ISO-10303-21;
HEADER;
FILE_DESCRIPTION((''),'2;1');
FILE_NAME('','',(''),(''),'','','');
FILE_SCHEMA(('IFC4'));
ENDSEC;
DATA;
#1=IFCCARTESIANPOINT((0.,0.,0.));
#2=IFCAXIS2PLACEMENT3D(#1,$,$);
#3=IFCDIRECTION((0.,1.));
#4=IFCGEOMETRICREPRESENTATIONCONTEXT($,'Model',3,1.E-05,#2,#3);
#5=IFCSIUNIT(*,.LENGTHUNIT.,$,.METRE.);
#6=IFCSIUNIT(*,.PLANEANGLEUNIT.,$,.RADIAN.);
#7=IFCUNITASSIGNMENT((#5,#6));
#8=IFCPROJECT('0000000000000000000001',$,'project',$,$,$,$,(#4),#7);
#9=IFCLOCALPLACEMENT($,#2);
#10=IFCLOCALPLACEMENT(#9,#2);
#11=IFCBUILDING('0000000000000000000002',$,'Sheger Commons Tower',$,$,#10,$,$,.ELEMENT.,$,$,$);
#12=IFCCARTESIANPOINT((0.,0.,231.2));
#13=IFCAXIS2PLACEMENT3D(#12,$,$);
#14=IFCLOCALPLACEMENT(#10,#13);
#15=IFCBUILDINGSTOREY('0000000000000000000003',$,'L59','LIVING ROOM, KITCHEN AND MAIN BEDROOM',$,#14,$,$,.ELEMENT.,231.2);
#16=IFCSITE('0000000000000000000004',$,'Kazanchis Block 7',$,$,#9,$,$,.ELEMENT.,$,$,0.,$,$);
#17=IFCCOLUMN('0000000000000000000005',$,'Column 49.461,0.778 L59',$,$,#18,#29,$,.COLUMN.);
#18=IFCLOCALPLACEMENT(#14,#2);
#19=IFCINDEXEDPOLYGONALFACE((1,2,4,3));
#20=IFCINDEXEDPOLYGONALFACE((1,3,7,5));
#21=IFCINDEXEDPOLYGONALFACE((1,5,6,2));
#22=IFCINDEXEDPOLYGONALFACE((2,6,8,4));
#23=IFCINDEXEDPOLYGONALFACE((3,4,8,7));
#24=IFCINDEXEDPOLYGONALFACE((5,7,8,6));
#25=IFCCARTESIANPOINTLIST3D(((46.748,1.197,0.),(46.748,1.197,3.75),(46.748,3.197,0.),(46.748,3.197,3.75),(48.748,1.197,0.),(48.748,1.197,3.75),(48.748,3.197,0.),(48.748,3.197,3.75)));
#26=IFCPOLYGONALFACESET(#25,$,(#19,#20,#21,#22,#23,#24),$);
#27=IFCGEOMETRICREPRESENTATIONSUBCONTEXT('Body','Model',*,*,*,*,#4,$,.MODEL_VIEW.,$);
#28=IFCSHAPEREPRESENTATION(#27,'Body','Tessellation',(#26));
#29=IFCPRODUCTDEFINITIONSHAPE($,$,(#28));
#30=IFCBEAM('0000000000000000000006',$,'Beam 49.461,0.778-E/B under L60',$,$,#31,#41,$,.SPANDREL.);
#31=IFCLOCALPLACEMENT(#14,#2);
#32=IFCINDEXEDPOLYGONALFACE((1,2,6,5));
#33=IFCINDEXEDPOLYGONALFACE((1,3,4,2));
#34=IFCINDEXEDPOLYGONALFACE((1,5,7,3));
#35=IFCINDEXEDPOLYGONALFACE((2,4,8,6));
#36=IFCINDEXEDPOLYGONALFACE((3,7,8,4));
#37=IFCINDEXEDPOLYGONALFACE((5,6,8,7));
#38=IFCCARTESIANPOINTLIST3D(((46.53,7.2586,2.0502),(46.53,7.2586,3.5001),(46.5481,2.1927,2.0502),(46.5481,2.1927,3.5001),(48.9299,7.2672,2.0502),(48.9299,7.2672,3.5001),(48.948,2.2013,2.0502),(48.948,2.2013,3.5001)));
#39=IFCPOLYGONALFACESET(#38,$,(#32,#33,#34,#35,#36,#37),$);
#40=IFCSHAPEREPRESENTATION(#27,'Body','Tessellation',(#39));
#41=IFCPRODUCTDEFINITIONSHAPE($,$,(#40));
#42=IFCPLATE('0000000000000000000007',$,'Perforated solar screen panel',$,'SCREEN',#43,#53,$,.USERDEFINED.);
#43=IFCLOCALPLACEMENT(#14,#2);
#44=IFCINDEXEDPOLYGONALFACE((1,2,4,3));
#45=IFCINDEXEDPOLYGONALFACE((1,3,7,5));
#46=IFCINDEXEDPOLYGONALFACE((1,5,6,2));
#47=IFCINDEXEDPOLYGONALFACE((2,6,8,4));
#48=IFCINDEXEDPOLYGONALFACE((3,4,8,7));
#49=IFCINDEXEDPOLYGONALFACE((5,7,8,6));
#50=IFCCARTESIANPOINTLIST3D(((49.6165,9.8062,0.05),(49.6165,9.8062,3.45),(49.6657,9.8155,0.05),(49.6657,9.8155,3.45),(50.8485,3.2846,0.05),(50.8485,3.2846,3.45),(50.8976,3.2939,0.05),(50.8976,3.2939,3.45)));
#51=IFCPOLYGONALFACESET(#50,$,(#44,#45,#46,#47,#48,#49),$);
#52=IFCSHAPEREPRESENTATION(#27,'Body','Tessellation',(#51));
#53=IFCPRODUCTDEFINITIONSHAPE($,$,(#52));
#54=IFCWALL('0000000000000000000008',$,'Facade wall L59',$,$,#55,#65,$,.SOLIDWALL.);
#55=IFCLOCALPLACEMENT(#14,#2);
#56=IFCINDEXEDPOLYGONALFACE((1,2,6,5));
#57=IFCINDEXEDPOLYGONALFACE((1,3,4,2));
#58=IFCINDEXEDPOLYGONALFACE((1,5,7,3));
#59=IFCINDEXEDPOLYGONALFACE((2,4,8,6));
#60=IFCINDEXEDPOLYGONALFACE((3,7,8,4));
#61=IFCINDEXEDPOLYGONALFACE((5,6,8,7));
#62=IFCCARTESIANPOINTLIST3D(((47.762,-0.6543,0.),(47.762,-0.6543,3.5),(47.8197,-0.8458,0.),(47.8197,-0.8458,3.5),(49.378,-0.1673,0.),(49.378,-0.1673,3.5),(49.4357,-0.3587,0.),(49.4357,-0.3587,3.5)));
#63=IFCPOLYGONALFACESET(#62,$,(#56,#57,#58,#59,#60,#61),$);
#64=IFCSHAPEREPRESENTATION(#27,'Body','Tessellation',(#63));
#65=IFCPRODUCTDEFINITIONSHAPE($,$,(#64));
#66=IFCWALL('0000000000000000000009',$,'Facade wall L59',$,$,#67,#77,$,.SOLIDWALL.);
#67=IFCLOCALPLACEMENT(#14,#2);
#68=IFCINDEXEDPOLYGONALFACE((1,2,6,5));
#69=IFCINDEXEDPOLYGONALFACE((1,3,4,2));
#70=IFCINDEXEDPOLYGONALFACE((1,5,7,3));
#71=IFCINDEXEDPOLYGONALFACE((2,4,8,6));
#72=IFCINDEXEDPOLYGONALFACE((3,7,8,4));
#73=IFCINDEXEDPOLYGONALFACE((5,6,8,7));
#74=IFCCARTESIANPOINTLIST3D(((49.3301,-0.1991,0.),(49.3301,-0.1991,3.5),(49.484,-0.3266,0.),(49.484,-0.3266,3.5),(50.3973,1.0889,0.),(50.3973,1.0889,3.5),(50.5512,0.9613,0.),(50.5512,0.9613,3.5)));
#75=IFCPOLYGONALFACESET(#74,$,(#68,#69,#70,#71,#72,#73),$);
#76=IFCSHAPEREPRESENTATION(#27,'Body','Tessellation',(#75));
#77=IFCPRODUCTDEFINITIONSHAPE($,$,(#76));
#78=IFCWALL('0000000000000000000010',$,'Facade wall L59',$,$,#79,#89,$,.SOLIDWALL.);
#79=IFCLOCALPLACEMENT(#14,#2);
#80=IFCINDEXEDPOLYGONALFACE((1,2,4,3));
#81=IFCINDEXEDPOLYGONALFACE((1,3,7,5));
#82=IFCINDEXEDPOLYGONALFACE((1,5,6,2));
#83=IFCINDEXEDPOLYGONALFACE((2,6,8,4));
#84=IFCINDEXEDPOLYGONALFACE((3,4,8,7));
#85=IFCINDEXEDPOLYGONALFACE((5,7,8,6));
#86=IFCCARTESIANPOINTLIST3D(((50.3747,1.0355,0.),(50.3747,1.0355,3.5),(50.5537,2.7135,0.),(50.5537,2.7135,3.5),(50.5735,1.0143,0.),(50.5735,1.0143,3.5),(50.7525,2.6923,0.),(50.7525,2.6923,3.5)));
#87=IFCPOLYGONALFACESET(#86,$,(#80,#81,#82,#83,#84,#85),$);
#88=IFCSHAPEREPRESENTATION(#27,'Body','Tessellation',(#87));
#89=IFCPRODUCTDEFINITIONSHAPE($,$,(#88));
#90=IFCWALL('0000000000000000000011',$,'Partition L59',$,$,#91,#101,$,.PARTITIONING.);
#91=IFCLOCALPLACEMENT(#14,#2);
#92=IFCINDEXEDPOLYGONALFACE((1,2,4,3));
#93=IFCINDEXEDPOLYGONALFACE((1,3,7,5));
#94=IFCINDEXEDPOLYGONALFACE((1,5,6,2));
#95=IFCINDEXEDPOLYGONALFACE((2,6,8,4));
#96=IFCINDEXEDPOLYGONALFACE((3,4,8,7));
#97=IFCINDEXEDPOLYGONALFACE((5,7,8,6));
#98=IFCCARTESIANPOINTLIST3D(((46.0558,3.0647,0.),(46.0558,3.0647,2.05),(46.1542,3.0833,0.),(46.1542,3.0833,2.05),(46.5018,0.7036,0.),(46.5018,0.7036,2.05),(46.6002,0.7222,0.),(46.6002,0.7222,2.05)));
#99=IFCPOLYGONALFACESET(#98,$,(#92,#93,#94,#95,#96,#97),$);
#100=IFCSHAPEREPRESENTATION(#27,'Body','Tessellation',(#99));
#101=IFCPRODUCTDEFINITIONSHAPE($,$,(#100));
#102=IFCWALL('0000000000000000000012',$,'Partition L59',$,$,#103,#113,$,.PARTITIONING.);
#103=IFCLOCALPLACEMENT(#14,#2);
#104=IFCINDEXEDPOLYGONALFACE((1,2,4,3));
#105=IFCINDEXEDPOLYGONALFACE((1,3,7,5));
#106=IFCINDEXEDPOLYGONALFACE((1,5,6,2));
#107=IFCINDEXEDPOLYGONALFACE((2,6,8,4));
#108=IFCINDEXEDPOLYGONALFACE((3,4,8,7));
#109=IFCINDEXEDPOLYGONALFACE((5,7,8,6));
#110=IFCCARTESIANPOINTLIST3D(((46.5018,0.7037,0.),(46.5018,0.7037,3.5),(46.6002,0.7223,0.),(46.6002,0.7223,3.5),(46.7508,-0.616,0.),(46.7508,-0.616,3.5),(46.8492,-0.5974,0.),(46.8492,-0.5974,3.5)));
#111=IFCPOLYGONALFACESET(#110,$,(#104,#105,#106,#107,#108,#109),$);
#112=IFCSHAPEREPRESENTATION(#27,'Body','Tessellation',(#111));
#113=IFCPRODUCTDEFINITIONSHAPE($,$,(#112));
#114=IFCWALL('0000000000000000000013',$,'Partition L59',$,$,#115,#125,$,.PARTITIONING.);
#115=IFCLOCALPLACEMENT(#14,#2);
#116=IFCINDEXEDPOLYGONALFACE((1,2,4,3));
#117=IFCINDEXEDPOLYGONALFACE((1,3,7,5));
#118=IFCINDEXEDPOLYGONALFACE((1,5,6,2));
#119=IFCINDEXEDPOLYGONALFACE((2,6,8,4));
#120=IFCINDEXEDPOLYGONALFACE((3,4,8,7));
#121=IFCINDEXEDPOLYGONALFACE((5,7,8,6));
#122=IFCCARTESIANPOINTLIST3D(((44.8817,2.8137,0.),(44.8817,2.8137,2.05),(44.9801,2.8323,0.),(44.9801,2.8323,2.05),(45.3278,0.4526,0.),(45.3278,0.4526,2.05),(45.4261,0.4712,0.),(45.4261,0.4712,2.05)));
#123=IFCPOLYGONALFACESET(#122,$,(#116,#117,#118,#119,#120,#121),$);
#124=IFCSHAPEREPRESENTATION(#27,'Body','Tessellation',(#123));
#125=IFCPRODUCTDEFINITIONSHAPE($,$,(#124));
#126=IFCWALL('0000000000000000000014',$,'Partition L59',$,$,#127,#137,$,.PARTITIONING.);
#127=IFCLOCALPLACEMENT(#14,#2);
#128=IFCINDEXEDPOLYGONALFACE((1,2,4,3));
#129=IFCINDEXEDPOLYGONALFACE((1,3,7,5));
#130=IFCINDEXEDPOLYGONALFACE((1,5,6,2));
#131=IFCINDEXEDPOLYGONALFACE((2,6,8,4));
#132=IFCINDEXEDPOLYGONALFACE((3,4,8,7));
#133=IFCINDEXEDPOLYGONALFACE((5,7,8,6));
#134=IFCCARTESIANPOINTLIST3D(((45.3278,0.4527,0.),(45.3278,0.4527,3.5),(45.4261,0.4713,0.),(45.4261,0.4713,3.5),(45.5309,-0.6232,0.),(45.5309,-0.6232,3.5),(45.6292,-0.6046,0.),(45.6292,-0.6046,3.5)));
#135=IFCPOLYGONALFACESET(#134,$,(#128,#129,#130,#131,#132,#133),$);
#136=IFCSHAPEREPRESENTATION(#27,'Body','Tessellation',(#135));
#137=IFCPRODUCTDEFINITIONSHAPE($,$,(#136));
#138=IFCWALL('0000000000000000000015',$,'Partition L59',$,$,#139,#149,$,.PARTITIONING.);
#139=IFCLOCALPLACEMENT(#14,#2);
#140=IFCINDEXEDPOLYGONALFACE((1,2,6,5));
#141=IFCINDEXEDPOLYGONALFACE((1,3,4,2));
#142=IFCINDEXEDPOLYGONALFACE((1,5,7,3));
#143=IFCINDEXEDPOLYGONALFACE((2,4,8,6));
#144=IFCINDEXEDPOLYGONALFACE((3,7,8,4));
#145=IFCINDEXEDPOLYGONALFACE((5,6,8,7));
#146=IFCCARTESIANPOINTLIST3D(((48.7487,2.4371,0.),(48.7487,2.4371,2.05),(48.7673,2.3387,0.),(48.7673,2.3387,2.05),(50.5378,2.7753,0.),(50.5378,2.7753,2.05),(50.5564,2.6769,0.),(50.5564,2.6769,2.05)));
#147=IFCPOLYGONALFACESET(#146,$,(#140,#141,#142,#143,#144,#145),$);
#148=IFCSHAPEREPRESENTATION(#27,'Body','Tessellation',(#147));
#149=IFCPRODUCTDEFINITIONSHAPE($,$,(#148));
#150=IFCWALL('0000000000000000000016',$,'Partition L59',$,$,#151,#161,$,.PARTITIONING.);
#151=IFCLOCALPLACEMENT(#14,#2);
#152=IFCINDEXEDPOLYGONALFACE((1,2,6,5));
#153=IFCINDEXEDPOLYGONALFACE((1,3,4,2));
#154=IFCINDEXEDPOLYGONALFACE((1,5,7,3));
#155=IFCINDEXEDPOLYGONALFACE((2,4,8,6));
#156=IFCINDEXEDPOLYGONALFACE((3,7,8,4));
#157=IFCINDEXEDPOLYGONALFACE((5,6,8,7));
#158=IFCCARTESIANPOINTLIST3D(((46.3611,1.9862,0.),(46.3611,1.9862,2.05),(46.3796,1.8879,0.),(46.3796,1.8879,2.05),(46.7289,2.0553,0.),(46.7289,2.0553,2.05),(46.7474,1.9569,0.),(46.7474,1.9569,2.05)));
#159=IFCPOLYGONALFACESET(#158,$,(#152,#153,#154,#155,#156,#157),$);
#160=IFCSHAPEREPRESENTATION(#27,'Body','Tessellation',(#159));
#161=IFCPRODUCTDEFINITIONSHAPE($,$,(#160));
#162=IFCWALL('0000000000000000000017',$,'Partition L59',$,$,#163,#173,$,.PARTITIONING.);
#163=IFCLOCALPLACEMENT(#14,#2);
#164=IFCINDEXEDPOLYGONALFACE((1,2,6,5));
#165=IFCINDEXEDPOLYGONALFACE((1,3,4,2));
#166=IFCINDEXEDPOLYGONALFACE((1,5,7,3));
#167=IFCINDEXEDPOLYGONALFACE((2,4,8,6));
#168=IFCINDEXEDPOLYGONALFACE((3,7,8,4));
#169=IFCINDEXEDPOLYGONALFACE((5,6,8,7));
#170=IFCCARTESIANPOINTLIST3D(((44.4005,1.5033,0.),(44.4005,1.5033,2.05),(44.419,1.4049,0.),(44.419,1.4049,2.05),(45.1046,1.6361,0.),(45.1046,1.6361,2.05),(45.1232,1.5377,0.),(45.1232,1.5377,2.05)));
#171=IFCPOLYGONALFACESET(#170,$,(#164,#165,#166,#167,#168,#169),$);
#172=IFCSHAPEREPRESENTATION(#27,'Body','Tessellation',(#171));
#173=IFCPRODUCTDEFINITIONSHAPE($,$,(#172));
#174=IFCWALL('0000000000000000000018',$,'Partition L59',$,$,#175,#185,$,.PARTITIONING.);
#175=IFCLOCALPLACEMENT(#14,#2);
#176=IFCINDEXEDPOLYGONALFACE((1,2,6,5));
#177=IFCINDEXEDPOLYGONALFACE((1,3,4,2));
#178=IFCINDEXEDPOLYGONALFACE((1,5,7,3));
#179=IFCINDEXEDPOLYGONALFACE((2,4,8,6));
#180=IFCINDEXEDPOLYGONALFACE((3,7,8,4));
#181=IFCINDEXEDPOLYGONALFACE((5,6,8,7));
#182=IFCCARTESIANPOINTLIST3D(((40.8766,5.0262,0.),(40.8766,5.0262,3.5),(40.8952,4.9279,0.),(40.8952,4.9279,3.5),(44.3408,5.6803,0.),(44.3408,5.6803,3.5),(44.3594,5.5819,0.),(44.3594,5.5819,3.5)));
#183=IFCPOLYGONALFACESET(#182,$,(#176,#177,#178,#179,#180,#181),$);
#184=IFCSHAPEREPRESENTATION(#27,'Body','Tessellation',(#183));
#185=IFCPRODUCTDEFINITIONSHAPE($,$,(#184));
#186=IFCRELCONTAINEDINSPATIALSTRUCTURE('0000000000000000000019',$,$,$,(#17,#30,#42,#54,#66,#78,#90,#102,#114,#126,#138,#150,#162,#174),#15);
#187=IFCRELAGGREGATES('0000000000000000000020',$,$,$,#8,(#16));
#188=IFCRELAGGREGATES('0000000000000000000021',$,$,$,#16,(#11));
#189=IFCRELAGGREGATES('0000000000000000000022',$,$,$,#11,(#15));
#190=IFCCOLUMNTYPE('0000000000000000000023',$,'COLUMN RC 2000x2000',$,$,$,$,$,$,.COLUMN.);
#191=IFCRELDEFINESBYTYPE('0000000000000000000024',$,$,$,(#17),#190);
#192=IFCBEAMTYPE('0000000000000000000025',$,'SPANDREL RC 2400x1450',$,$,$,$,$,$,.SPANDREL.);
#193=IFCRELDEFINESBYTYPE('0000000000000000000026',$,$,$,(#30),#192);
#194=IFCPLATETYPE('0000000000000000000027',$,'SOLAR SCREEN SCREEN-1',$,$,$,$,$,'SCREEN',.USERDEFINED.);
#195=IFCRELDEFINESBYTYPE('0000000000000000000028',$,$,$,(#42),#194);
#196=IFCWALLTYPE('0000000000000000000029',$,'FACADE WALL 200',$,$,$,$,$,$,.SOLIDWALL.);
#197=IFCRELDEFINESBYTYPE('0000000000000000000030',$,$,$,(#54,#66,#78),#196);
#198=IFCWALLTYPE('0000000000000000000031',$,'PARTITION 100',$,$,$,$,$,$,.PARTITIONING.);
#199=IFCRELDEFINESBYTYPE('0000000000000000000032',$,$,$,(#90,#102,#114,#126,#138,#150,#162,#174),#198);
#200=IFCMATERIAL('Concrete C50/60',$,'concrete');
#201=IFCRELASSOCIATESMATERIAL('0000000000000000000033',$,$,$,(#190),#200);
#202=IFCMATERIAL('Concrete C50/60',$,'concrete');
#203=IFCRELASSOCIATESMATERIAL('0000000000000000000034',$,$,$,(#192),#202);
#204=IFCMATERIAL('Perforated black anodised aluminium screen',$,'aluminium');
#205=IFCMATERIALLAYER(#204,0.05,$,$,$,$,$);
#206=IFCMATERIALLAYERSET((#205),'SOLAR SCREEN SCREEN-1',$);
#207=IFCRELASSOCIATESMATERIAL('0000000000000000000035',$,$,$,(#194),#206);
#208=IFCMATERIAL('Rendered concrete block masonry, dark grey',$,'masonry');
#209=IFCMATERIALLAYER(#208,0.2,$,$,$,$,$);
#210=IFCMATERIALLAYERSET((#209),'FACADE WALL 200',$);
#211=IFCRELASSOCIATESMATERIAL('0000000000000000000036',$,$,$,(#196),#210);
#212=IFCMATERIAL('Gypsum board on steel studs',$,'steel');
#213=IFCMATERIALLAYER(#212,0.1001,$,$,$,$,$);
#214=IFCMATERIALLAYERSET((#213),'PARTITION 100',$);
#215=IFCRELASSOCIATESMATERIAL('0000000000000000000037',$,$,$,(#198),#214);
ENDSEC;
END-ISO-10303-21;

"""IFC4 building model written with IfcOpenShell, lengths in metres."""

from ifc_helpers import new_model, si_unit, direction, frame, frame_2d, origin, origin_2d, place, context, subcontext, project, spatial, rectangle, extrude, material, layer, layer_set, material_profile, profile_set, type_object, element, save


model = new_model("IFC4")

# Units and contexts
model_context = context("Model", 3, precision=1e-05, world=origin(), true_north=direction((0.0, 1.0)))
body_context = subcontext(model_context, "Body", "Model", "MODEL_VIEW")
ifc_project = project(units=[si_unit("LENGTHUNIT", "METRE"), si_unit("PLANEANGLEUNIT", "RADIAN")], contexts=[model_context])

# Site, building, storey
site_placement = place(None, origin())
site = spatial("IfcSite", under=ifc_project, at=site_placement, Name="Kazanchis Block 7", CompositionType="ELEMENT", RefElevation=0.0)
building_placement = place(site_placement, origin())
building = spatial("IfcBuilding", under=site, at=building_placement, Name="Sheger Commons Tower", CompositionType="ELEMENT")
storey_placement = place(building_placement, frame((0.0, 0.0, 231.2)))
storey = spatial("IfcBuildingStorey", under=building, at=storey_placement, Name="L59", Description="LIVING ROOM, KITCHEN AND MAIN BEDROOM", CompositionType="ELEMENT", Elevation=231.2)

# Column
ifc_material_1 = material(Name="Concrete C50/60", Category="concrete")
ifc_material_profile_1 = material_profile(ifc_material_1, rectangle(XDim=2.0, YDim=2.0, at=origin_2d()), Name="RC 2000x2000")
ifc_profile_set_1 = profile_set([ifc_material_profile_1], Name="Concrete C50/60")
column_type = type_object("IfcColumnType", Name="COLUMN RC 2000x2000", PredefinedType="COLUMN", material=ifc_profile_set_1)
column_placement = place(storey_placement, frame((47.748, 2.197, 0.0), z_axis=(0.0, 0.0, 1.0), x_axis=(1.0, 0.0, 0.0)))
element("IfcColumn", 1, at=column_placement, inside=storey, type_object=column_type, Name="Column 49.461,0.778 L59", PredefinedType="COLUMN", context=body_context, shape_type="SweptSolid", body=[
    extrude(rectangle(XDim=2.0, YDim=2.0, at=origin_2d()), origin(), (0.0, 0.0, 1.0), 3.75),
])

# Beam
ifc_material_2 = material(Name="Concrete C50/60", Category="concrete")
ifc_material_profile_2 = material_profile(ifc_material_2, rectangle(XDim=2.3999, YDim=1.45, at=origin_2d()), Name="RC 2400x1450")
ifc_profile_set_2 = profile_set([ifc_material_profile_2], Name="Concrete C50/60")
beam_type = type_object("IfcBeamType", Name="SPANDREL RC 2400x1450", PredefinedType="SPANDREL", material=ifc_profile_set_2)
beam_placement = place(storey_placement, frame((47.748, 2.197, 2.7751), z_axis=(-0.003566, 0.999994, 0.0), x_axis=(-0.999994, -0.003566, 0.0)))
element("IfcBeam", 2, at=beam_placement, inside=storey, type_object=beam_type, Name="Beam 49.461,0.778-E/B under L60", PredefinedType="SPANDREL", context=body_context, shape_type="SweptSolid", body=[
    extrude(rectangle(XDim=2.3999, YDim=1.45, at=origin_2d()), origin(), (0.0, 0.0, 1.0), 5.0659),
])

# Plate
ifc_material_3 = material(Name="Perforated black anodised aluminium screen", Category="aluminium")
ifc_layer_1 = layer(ifc_material_3, 0.05)
ifc_layer_set_1 = layer_set([ifc_layer_1], Name="SOLAR SCREEN SCREEN-1")
plate_type = type_object("IfcPlateType", Name="SOLAR SCREEN SCREEN-1", ElementType="SCREEN", PredefinedType="USERDEFINED", material=ifc_layer_set_1)
plate_placement = place(storey_placement, frame((50.2571, 6.55, 0.05), z_axis=(0.0, 0.0, 1.0), x_axis=(-0.185615, 0.982623, 0.0)))
element("IfcPlate", 3, at=plate_placement, inside=storey, type_object=plate_type, Name="Perforated solar screen panel", ObjectType="SCREEN", PredefinedType="USERDEFINED", context=body_context, shape_type="SweptSolid", body=[
    extrude(rectangle(XDim=6.637, YDim=0.05, at=origin_2d()), origin(), (0.0, 0.0, 1.0), 3.3999),
])

# Walls
ifc_material_4 = material(Name="Rendered concrete block masonry, dark grey", Category="masonry")
ifc_layer_2 = layer(ifc_material_4, 0.2)
ifc_layer_set_2 = layer_set([ifc_layer_2], Name="FACADE WALL 200")
wall_type_1 = type_object("IfcWallType", Name="FACADE WALL 200", PredefinedType="SOLIDWALL", material=ifc_layer_set_2)
wall_1_placement = place(storey_placement, frame((47.791, -0.75, 0.0), z_axis=(0.0, 0.0, 1.0), x_axis=(0.957455, 0.288582, 0.0)))
element("IfcWall", 4, at=wall_1_placement, inside=storey, type_object=wall_type_1, Name="Facade wall L59", PredefinedType="SOLIDWALL", context=body_context, shape_type="SweptSolid", body=[
    extrude(rectangle(XDim=1.6877, YDim=0.2, at=frame_2d((0.8438, 0.0))), origin(), (0.0, 0.0, 1.0), 3.5),
])
wall_2_placement = place(storey_placement, frame((49.407, -0.2629, 0.0), z_axis=(0.0, 0.0, 1.0), x_axis=(0.638043, 0.770001, 0.0)))
element("IfcWall", 5, at=wall_2_placement, inside=storey, type_object=wall_type_1, Name="Facade wall L59", PredefinedType="SOLIDWALL", context=body_context, shape_type="SweptSolid", body=[
    extrude(rectangle(XDim=1.6726, YDim=0.2, at=frame_2d((0.8364, 0.0))), origin(), (0.0, 0.0, 1.0), 3.5),
])
wall_3_placement = place(storey_placement, frame((50.4741, 1.0249, 0.0), z_axis=(0.0, 0.0, 1.0), x_axis=(0.106048, 0.994361, 0.0)))
element("IfcWall", 6, at=wall_3_placement, inside=storey, type_object=wall_type_1, Name="Facade wall L59", PredefinedType="SOLIDWALL", context=body_context, shape_type="SweptSolid", body=[
    extrude(rectangle(XDim=1.6875, YDim=0.2, at=frame_2d((0.8438, 0.0))), origin(), (0.0, 0.0, 1.0), 3.5),
])

# Walls
ifc_material_5 = material(Name="Gypsum board on steel studs", Category="steel")
ifc_layer_3 = layer(ifc_material_5, 0.1001)
ifc_layer_set_3 = layer_set([ifc_layer_3], Name="PARTITION 100")
wall_type_2 = type_object("IfcWallType", Name="PARTITION 100", PredefinedType="PARTITIONING", material=ifc_layer_set_3)
wall_4_placement = place(storey_placement, frame((46.105, 3.074, 0.0), z_axis=(0.0, 0.0, 1.0), x_axis=(0.185632, -0.982619, 0.0)))
element("IfcWall", 7, at=wall_4_placement, inside=storey, type_object=wall_type_2, Name="Partition L59", PredefinedType="PARTITIONING", context=body_context, shape_type="SweptSolid", body=[
    extrude(rectangle(XDim=2.4028, YDim=0.1001, at=frame_2d((1.2014, 0.0))), origin(), (0.0, 0.0, 1.0), 2.05),
])
wall_5_placement = place(storey_placement, frame((46.551, 0.7129, 0.0), z_axis=(0.0, 0.0, 1.0), x_axis=(0.185408, -0.982662, 0.0)))
element("IfcWall", 8, at=wall_5_placement, inside=storey, type_object=wall_type_2, Name="Partition L59", PredefinedType="PARTITIONING", context=body_context, shape_type="SweptSolid", body=[
    extrude(rectangle(XDim=1.343, YDim=0.1001, at=frame_2d((0.6714, 0.0))), origin(), (0.0, 0.0, 1.0), 3.5),
])
wall_6_placement = place(storey_placement, frame((44.9309, 2.823, 0.0), z_axis=(0.0, 0.0, 1.0), x_axis=(0.185632, -0.982619, 0.0)))
element("IfcWall", 9, at=wall_6_placement, inside=storey, type_object=wall_type_2, Name="Partition L59", PredefinedType="PARTITIONING", context=body_context, shape_type="SweptSolid", body=[
    extrude(rectangle(XDim=2.4028, YDim=0.1001, at=frame_2d((1.2014, 0.0))), origin(), (0.0, 0.0, 1.0), 2.05),
])
wall_7_placement = place(storey_placement, frame((45.377, 0.4619, 0.0), z_axis=(0.0, 0.0, 1.0), x_axis=(0.185513, -0.982642, 0.0)))
element("IfcWall", 10, at=wall_7_placement, inside=storey, type_object=wall_type_2, Name="Partition L59", PredefinedType="PARTITIONING", context=body_context, shape_type="SweptSolid", body=[
    extrude(rectangle(XDim=1.095, YDim=0.1001, at=frame_2d((0.5474, 0.0))), origin(), (0.0, 0.0, 1.0), 3.5),
])
wall_8_placement = place(storey_placement, frame((50.5471, 2.7261, 0.0), z_axis=(0.0, 0.0, 1.0), x_axis=(-0.982604, -0.185713, 0.0)))
element("IfcWall", 11, at=wall_8_placement, inside=storey, type_object=wall_type_2, Name="Partition L59", PredefinedType="PARTITIONING", context=body_context, shape_type="SweptSolid", body=[
    extrude(rectangle(XDim=1.8208, YDim=0.1001, at=frame_2d((0.9104, 0.0))), origin(), (0.0, 0.0, 1.0), 2.05),
])
wall_9_placement = place(storey_placement, frame((46.738, 2.0061, 0.0), z_axis=(0.0, 0.0, 1.0), x_axis=(-0.98282, -0.184564, 0.0)))
element("IfcWall", 12, at=wall_9_placement, inside=storey, type_object=wall_type_2, Name="Partition L59", PredefinedType="PARTITIONING", context=body_context, shape_type="SweptSolid", body=[
    extrude(rectangle(XDim=0.3743, YDim=0.1001, at=frame_2d((0.187, 0.0))), origin(), (0.0, 0.0, 1.0), 2.05),
])
wall_10_placement = place(storey_placement, frame((45.114, 1.5869, 0.0), z_axis=(0.0, 0.0, 1.0), x_axis=(-0.982671, -0.185358, 0.0)))
element("IfcWall", 13, at=wall_10_placement, inside=storey, type_object=wall_type_2, Name="Partition L59", PredefinedType="PARTITIONING", context=body_context, shape_type="SweptSolid", body=[
    extrude(rectangle(XDim=0.7166, YDim=0.1001, at=frame_2d((0.3584, 0.0))), origin(), (0.0, 0.0, 1.0), 2.05),
])
wall_11_placement = place(storey_placement, frame((44.3501, 5.6311, 0.0), z_axis=(0.0, 0.0, 1.0), x_axis=(-0.982639, -0.18553, 0.0)))
element("IfcWall", 14, at=wall_11_placement, inside=storey, type_object=wall_type_2, Name="Partition L59", PredefinedType="PARTITIONING", context=body_context, shape_type="SweptSolid", body=[
    extrude(rectangle(XDim=3.5254, YDim=0.1001, at=frame_2d((1.7627, 0.0))), origin(), (0.0, 0.0, 1.0), 3.5),
])

save(model, "model.ifc")
